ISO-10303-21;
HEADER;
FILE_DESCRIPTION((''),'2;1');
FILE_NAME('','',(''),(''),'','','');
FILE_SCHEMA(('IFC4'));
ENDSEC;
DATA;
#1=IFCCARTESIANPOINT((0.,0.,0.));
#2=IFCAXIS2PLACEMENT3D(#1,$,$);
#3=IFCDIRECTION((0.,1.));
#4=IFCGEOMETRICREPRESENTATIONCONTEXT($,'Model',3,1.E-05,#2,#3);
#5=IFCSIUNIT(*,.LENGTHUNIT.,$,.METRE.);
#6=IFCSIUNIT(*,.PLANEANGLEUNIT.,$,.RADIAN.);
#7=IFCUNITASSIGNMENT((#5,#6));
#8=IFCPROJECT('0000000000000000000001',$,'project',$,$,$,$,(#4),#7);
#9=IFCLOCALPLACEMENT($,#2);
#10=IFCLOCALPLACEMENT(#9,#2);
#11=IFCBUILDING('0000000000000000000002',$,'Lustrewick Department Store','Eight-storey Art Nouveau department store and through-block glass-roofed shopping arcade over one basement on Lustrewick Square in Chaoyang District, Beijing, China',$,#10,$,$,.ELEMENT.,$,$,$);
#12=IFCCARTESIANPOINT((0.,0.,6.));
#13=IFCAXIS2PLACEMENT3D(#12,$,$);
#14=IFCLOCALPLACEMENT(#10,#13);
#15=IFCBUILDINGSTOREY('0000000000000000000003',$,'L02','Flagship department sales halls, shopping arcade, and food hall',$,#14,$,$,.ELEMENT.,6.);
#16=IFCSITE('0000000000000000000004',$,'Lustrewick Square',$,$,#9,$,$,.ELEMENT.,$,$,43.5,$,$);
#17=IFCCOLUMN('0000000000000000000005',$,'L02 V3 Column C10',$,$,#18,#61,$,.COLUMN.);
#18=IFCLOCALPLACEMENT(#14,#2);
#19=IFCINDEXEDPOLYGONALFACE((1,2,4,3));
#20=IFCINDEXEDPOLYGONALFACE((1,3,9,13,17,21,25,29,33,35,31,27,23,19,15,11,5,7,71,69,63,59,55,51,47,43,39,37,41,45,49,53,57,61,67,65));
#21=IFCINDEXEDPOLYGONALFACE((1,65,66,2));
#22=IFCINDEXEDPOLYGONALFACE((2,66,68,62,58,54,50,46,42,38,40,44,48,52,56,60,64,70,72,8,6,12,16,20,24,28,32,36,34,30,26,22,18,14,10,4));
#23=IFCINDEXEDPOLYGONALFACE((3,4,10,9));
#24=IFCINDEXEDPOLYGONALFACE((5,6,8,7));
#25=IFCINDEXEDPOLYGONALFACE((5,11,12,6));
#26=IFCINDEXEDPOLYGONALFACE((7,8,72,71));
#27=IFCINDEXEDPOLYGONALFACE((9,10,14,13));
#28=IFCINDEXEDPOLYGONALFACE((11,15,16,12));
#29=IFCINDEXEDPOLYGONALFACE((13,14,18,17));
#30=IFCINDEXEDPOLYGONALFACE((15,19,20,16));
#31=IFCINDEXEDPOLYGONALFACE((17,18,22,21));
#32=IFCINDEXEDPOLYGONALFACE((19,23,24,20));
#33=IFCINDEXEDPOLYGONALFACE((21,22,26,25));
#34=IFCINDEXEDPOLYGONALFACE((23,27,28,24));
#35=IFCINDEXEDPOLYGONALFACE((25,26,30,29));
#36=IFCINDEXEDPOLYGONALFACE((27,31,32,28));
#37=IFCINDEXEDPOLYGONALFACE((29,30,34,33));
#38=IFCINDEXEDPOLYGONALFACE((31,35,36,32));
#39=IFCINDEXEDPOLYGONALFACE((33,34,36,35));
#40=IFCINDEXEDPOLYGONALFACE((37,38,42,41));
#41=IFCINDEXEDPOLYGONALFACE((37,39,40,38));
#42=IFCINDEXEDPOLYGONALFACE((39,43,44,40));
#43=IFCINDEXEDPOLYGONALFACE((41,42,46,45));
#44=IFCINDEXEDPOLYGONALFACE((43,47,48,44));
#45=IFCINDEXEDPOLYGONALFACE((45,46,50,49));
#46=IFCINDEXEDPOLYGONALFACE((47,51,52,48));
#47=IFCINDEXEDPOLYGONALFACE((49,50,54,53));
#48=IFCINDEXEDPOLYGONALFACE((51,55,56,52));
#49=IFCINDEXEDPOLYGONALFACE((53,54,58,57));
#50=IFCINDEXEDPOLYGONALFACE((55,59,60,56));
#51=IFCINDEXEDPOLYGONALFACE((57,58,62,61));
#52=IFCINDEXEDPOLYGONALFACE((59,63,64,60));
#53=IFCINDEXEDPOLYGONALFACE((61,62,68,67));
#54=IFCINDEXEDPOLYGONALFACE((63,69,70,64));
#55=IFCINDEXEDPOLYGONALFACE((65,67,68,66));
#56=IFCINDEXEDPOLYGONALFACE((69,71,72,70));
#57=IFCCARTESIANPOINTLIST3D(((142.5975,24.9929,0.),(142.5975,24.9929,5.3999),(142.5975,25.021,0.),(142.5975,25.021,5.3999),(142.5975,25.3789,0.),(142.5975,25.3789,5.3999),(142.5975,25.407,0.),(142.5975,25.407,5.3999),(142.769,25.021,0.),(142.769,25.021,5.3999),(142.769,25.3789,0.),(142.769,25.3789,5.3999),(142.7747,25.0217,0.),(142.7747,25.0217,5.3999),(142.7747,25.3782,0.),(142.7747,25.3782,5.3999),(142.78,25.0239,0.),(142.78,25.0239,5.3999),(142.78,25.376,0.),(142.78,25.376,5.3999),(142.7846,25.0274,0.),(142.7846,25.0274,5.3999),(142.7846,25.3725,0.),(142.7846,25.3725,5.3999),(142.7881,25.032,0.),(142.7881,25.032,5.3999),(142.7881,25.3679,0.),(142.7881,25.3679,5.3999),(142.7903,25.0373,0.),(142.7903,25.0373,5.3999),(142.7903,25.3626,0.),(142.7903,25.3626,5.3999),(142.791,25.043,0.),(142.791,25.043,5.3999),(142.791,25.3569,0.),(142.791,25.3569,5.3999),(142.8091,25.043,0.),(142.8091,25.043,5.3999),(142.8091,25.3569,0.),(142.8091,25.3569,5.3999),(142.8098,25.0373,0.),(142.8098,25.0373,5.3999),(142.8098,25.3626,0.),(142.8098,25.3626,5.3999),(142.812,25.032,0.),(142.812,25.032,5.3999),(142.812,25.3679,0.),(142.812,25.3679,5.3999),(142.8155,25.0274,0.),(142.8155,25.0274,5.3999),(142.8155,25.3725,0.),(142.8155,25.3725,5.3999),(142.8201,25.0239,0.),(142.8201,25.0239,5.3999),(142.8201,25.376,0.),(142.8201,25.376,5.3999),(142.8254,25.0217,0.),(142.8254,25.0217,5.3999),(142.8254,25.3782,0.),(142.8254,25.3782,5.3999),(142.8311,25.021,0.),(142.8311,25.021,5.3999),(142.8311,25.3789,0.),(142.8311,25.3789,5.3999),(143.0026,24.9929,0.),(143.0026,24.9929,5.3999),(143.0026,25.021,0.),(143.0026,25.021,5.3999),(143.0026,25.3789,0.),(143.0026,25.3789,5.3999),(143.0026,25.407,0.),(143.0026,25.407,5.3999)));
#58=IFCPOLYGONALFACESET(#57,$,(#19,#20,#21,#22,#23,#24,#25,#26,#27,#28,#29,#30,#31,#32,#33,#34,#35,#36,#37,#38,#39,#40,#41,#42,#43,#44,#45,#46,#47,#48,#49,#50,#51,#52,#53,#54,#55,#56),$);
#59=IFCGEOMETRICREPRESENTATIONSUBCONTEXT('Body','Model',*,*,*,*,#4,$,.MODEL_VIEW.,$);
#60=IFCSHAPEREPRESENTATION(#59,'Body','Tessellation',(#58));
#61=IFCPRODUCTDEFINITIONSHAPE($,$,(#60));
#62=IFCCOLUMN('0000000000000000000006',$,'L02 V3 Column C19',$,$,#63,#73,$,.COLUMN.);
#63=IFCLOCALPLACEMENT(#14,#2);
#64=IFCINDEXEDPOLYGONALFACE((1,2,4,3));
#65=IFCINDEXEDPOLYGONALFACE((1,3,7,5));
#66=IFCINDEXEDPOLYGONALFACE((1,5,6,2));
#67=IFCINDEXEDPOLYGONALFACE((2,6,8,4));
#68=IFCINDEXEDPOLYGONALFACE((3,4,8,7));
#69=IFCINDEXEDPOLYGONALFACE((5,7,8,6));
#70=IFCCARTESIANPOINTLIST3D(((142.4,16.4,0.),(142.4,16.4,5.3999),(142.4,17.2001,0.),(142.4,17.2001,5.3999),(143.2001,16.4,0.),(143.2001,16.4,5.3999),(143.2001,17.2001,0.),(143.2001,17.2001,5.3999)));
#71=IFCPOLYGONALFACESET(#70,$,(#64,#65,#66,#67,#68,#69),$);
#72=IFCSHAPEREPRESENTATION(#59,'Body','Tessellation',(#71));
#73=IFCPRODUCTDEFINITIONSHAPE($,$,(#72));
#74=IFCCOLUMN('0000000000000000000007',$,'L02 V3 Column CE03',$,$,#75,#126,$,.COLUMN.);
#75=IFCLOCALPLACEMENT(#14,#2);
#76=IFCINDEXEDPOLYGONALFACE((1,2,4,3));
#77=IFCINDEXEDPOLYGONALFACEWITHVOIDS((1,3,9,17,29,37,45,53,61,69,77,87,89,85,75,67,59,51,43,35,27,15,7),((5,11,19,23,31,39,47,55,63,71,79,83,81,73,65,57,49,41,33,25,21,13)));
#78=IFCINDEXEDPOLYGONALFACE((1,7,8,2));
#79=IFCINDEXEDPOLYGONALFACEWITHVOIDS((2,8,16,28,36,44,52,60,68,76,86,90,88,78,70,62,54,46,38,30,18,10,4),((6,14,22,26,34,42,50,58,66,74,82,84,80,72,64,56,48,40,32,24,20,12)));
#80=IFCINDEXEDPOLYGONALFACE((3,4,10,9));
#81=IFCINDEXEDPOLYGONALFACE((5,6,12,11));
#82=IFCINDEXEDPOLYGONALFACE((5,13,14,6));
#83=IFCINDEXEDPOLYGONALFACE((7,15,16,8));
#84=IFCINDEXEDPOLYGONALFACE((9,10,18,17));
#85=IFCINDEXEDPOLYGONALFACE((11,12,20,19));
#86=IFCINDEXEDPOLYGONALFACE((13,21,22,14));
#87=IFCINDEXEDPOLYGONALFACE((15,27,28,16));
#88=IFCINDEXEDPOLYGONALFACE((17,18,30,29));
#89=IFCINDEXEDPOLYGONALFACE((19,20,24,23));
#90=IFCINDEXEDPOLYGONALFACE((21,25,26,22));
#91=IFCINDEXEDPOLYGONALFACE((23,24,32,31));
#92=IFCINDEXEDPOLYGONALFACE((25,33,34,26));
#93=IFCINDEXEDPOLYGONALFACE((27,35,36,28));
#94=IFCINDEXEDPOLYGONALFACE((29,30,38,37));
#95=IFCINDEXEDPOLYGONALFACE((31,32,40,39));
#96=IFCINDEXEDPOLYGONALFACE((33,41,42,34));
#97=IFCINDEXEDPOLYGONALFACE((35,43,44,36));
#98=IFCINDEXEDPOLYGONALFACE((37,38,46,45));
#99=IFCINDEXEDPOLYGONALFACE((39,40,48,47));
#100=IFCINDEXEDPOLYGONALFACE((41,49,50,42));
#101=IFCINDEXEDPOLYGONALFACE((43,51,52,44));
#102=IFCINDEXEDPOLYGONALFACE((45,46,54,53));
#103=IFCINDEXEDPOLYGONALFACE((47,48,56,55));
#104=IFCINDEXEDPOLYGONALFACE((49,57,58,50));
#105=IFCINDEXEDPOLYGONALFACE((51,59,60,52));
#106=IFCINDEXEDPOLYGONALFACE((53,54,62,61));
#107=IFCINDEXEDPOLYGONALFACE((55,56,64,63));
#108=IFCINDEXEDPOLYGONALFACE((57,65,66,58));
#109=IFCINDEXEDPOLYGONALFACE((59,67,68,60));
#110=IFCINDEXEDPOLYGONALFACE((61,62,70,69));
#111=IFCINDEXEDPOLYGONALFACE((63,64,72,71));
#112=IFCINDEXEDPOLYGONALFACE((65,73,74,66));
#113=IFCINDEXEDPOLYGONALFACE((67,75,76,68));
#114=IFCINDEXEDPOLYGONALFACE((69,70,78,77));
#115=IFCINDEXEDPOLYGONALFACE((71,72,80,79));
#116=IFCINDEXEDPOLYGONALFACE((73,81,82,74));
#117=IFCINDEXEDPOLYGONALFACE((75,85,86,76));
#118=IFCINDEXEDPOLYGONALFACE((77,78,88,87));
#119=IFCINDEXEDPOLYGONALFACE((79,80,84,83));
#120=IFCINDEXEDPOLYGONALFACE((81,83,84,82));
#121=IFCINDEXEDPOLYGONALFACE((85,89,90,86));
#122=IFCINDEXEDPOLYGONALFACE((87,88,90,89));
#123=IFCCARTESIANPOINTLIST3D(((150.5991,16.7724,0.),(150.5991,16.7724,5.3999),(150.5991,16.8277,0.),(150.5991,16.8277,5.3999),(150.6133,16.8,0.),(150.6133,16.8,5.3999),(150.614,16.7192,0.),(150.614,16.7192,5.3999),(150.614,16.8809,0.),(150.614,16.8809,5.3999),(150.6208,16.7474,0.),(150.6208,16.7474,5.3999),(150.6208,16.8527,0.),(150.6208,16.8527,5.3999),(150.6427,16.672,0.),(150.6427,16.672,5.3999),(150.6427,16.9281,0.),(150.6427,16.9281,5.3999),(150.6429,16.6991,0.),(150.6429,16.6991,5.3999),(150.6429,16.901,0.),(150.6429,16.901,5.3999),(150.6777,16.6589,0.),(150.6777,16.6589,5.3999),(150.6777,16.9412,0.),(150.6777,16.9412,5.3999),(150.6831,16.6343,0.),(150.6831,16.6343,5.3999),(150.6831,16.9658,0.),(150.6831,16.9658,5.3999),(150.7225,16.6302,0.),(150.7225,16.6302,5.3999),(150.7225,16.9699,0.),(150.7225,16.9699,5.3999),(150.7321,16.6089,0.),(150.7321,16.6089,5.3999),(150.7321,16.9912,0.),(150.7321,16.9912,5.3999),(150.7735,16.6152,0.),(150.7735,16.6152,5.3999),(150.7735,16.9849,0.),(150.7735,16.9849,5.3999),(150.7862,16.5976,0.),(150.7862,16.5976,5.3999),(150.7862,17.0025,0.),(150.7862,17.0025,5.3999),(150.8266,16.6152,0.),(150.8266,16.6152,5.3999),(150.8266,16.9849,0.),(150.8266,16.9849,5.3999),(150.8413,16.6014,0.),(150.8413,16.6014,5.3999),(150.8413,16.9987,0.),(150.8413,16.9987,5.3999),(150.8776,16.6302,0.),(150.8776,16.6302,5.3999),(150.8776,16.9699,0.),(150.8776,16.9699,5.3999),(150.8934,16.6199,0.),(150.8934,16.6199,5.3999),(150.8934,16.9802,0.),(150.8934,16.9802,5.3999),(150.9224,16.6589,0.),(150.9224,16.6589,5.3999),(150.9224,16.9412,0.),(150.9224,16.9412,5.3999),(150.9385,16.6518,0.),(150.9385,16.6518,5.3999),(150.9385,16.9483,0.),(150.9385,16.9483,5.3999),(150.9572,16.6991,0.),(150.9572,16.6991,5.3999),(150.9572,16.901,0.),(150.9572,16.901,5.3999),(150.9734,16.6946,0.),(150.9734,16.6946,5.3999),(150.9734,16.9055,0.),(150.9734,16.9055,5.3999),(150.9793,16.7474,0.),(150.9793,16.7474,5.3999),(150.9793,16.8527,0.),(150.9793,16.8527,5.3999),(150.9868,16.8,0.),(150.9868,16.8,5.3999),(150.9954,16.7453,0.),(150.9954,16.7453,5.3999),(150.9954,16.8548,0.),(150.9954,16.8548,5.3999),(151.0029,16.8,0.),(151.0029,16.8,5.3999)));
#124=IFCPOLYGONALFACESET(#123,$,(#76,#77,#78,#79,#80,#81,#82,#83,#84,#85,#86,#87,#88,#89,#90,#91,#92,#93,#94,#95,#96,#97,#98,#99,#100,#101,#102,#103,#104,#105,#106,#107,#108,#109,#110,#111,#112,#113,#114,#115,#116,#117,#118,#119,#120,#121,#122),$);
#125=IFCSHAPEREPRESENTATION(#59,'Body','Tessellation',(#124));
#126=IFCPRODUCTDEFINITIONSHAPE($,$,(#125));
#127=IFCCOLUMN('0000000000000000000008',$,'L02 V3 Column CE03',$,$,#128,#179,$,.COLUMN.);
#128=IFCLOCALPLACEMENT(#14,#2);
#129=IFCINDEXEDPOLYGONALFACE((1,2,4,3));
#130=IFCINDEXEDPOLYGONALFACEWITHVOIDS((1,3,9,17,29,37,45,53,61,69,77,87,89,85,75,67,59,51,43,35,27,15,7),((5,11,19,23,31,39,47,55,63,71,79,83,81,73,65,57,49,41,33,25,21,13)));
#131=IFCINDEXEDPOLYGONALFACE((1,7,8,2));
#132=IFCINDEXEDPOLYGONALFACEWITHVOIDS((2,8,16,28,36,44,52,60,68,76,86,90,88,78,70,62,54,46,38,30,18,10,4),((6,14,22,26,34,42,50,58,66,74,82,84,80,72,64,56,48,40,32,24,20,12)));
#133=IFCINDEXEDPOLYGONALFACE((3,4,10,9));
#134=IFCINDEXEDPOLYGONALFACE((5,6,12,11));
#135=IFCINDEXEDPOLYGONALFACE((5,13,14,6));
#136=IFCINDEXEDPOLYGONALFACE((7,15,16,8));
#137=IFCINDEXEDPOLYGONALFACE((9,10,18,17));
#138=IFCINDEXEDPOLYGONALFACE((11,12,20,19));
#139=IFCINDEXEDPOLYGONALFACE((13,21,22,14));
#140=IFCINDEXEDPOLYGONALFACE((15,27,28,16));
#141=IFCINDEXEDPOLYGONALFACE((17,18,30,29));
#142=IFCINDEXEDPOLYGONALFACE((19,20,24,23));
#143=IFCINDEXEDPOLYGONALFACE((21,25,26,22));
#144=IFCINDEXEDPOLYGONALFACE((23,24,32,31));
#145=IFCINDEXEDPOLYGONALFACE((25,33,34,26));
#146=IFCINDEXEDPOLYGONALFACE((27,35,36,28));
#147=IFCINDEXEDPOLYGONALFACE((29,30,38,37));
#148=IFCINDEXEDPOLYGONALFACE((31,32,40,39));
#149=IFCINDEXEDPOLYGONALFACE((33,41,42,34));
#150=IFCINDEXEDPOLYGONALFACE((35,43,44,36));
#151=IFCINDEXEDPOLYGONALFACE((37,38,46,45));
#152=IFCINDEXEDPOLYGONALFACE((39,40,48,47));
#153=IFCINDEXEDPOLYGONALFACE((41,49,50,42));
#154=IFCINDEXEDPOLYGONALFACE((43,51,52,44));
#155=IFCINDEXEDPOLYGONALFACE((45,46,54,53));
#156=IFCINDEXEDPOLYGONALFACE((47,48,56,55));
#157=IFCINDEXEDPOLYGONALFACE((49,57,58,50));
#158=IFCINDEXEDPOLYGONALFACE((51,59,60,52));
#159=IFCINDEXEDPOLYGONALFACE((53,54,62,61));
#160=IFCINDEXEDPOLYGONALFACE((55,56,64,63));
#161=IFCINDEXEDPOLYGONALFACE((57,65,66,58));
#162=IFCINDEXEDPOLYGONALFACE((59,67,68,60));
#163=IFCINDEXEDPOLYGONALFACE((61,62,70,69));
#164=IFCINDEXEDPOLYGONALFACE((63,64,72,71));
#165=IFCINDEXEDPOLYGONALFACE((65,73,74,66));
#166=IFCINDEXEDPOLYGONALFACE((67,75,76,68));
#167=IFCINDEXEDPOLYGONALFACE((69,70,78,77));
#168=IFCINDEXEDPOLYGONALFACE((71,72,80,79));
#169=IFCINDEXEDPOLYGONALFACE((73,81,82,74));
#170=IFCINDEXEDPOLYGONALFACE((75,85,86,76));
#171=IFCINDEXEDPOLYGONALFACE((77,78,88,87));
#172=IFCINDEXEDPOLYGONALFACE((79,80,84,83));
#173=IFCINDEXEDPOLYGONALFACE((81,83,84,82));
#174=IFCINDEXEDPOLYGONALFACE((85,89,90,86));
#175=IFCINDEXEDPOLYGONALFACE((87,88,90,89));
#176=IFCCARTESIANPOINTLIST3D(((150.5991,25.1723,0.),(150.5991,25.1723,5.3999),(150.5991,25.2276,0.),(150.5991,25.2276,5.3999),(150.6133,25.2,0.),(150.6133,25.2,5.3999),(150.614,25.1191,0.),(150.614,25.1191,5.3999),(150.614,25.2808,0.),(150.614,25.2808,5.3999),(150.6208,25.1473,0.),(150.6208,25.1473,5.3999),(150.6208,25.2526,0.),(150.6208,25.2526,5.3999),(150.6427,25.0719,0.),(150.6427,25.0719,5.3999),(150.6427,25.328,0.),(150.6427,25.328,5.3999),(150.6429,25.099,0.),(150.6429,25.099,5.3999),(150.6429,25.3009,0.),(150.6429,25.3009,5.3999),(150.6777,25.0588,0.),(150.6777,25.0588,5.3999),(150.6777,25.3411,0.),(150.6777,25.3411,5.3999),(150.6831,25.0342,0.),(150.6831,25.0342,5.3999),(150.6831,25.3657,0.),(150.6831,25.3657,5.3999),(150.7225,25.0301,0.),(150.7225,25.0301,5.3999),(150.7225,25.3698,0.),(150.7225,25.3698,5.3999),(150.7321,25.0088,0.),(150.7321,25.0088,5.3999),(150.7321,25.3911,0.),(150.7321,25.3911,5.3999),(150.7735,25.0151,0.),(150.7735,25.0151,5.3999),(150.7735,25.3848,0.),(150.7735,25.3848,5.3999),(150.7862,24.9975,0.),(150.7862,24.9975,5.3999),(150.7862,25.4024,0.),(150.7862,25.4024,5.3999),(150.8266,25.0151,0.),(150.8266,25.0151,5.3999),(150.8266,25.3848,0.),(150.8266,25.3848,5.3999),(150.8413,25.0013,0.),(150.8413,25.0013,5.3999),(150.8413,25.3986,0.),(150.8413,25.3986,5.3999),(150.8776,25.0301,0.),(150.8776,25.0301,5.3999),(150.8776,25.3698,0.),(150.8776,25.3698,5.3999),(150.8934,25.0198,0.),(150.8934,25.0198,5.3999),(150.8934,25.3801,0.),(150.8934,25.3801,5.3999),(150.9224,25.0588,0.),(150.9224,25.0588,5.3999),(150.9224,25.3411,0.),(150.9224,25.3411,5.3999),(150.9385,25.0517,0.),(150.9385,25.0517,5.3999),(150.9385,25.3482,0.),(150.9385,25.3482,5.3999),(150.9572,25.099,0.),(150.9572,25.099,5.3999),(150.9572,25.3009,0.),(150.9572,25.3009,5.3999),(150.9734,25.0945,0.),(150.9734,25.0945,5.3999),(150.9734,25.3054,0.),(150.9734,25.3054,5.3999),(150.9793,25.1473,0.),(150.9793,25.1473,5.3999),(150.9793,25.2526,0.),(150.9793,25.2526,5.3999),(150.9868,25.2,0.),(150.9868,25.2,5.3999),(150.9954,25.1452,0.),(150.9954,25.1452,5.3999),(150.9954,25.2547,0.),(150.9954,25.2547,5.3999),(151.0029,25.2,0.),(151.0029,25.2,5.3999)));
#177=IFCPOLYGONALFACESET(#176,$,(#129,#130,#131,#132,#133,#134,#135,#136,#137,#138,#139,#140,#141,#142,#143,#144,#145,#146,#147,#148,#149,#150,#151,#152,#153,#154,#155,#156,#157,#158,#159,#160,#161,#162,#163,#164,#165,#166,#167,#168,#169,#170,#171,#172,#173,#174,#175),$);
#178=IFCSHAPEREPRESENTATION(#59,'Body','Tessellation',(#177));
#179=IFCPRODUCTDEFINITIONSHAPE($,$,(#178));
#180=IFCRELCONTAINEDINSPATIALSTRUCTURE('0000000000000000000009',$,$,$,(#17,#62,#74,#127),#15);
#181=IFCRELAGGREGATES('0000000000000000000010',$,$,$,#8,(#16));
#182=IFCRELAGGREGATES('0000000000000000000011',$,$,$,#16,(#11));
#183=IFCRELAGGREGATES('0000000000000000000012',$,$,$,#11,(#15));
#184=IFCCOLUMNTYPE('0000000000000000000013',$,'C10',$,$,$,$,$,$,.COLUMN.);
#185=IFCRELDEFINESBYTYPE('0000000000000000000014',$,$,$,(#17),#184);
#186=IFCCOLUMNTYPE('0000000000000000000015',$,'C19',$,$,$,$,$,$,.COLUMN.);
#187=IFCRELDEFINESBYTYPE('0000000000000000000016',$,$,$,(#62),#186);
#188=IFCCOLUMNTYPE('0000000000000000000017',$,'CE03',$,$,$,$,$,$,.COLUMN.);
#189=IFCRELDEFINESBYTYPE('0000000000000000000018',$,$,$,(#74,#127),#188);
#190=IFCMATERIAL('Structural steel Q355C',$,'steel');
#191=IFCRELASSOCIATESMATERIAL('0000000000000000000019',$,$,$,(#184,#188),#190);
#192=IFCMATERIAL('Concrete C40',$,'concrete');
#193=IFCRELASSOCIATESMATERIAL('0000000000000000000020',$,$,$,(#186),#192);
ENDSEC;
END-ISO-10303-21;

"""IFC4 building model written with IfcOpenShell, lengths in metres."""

from ifc_helpers import new_model, si_unit, direction, frame, origin, origin_2d, place, context, subcontext, project, spatial, rectangle, hollow_circle, i_section, extrude, material, material_profile, profile_set, type_object, element, save


model = new_model("IFC4")

# Units and contexts
model_context = context("Model", 3, precision=1e-05, world=origin(), true_north=direction((0.0, 1.0)))
body_context = subcontext(model_context, "Body", "Model", "MODEL_VIEW")
ifc_project = project(units=[si_unit("LENGTHUNIT", "METRE"), si_unit("PLANEANGLEUNIT", "RADIAN")], contexts=[model_context])

# Site, building, storey
site_placement = place(None, origin())
site = spatial("IfcSite", under=ifc_project, at=site_placement, Name="Lustrewick Square", CompositionType="ELEMENT", RefElevation=43.5)
building_placement = place(site_placement, origin())
building = spatial("IfcBuilding", under=site, at=building_placement, Name="Lustrewick Department Store", Description="Eight-storey Art Nouveau department store and through-block glass-roofed shopping arcade over one basement on Lustrewick Square in Chaoyang District, Beijing, China", CompositionType="ELEMENT")
storey_placement = place(building_placement, frame((0.0, 0.0, 6.0)))
storey = spatial("IfcBuildingStorey", under=building, at=storey_placement, Name="L02", Description="Flagship department sales halls, shopping arcade, and food hall", CompositionType="ELEMENT", Elevation=6.0)

# Columns
ifc_material_1 = material(Name="Structural steel Q355C", Category="steel")
ifc_material_profile_1 = material_profile(ifc_material_1, i_section(OverallWidth=0.405, OverallDepth=0.4141, WebThickness=0.0181, FlangeThickness=0.0281, FilletRadius=0.022, at=origin_2d()), Name="HW 414x405x18x28")
ifc_profile_set_1 = profile_set([ifc_material_profile_1], Name="Structural steel Q355C")
column_type_1 = type_object("IfcColumnType", Name="C10", PredefinedType="COLUMN", material=ifc_profile_set_1)
column_1_placement = place(storey_placement, frame((142.8, 25.2, 0.0), z_axis=(0.0, 0.0, 1.0), x_axis=(1.0, 0.0, 0.0)))
element("IfcColumn", 1, at=column_1_placement, inside=storey, type_object=column_type_1, Name="L02 V3 Column C10", PredefinedType="COLUMN", context=body_context, shape_type="SweptSolid", body=[
    extrude(i_section(OverallWidth=0.405, OverallDepth=0.4141, WebThickness=0.0181, FlangeThickness=0.0281, FilletRadius=0.022, at=origin_2d()), origin(), (0.0, 0.0, 1.0), 5.3999),
])
ifc_material_2 = material(Name="Concrete C40", Category="concrete")
ifc_material_profile_2 = material_profile(ifc_material_2, rectangle(XDim=0.8, YDim=0.8, at=origin_2d()), Name="RC 800x800")
ifc_profile_set_2 = profile_set([ifc_material_profile_2], Name="Concrete C40")
column_type_2 = type_object("IfcColumnType", Name="C19", PredefinedType="COLUMN", material=ifc_profile_set_2)
column_2_placement = place(storey_placement, frame((142.8, 16.8, 0.0), z_axis=(0.0, 0.0, 1.0), x_axis=(1.0, 0.0, 0.0)))
element("IfcColumn", 2, at=column_2_placement, inside=storey, type_object=column_type_2, Name="L02 V3 Column C19", PredefinedType="COLUMN", context=body_context, shape_type="SweptSolid", body=[
    extrude(rectangle(XDim=0.8, YDim=0.8, at=origin_2d()), origin(), (0.0, 0.0, 1.0), 5.3999),
])
ifc_material_profile_3 = material_profile(ifc_material_1, hollow_circle(Radius=0.2029, WallThickness=0.0161, at=origin_2d()), Name="CHS 406x16")
ifc_profile_set_3 = profile_set([ifc_material_profile_3], Name="Structural steel Q355C")
column_type_3 = type_object("IfcColumnType", Name="CE03", PredefinedType="COLUMN", material=ifc_profile_set_3)
for number, where, z_axis, x_axis, name in (
    (3, (150.8, 16.8, 0.0), (0.0, 0.0, 1.0), (1.0, 0.0, 0.0), "L02 V3 Column CE03"),
    (4, (150.8, 25.2, 0.0), (0.0, 0.0, 1.0), (1.0, 0.0, 0.0), "L02 V3 Column CE03"),
):
    element("IfcColumn", number, at=place(storey_placement, frame(where, z_axis=z_axis, x_axis=x_axis)), inside=storey, type_object=column_type_3, Name=name, PredefinedType="COLUMN", context=body_context, shape_type="SweptSolid", body=[
        extrude(hollow_circle(Radius=0.2029, WallThickness=0.0161, at=origin_2d()), origin(), (0.0, 0.0, 1.0), 5.3999),
    ])

save(model, "model.ifc")
